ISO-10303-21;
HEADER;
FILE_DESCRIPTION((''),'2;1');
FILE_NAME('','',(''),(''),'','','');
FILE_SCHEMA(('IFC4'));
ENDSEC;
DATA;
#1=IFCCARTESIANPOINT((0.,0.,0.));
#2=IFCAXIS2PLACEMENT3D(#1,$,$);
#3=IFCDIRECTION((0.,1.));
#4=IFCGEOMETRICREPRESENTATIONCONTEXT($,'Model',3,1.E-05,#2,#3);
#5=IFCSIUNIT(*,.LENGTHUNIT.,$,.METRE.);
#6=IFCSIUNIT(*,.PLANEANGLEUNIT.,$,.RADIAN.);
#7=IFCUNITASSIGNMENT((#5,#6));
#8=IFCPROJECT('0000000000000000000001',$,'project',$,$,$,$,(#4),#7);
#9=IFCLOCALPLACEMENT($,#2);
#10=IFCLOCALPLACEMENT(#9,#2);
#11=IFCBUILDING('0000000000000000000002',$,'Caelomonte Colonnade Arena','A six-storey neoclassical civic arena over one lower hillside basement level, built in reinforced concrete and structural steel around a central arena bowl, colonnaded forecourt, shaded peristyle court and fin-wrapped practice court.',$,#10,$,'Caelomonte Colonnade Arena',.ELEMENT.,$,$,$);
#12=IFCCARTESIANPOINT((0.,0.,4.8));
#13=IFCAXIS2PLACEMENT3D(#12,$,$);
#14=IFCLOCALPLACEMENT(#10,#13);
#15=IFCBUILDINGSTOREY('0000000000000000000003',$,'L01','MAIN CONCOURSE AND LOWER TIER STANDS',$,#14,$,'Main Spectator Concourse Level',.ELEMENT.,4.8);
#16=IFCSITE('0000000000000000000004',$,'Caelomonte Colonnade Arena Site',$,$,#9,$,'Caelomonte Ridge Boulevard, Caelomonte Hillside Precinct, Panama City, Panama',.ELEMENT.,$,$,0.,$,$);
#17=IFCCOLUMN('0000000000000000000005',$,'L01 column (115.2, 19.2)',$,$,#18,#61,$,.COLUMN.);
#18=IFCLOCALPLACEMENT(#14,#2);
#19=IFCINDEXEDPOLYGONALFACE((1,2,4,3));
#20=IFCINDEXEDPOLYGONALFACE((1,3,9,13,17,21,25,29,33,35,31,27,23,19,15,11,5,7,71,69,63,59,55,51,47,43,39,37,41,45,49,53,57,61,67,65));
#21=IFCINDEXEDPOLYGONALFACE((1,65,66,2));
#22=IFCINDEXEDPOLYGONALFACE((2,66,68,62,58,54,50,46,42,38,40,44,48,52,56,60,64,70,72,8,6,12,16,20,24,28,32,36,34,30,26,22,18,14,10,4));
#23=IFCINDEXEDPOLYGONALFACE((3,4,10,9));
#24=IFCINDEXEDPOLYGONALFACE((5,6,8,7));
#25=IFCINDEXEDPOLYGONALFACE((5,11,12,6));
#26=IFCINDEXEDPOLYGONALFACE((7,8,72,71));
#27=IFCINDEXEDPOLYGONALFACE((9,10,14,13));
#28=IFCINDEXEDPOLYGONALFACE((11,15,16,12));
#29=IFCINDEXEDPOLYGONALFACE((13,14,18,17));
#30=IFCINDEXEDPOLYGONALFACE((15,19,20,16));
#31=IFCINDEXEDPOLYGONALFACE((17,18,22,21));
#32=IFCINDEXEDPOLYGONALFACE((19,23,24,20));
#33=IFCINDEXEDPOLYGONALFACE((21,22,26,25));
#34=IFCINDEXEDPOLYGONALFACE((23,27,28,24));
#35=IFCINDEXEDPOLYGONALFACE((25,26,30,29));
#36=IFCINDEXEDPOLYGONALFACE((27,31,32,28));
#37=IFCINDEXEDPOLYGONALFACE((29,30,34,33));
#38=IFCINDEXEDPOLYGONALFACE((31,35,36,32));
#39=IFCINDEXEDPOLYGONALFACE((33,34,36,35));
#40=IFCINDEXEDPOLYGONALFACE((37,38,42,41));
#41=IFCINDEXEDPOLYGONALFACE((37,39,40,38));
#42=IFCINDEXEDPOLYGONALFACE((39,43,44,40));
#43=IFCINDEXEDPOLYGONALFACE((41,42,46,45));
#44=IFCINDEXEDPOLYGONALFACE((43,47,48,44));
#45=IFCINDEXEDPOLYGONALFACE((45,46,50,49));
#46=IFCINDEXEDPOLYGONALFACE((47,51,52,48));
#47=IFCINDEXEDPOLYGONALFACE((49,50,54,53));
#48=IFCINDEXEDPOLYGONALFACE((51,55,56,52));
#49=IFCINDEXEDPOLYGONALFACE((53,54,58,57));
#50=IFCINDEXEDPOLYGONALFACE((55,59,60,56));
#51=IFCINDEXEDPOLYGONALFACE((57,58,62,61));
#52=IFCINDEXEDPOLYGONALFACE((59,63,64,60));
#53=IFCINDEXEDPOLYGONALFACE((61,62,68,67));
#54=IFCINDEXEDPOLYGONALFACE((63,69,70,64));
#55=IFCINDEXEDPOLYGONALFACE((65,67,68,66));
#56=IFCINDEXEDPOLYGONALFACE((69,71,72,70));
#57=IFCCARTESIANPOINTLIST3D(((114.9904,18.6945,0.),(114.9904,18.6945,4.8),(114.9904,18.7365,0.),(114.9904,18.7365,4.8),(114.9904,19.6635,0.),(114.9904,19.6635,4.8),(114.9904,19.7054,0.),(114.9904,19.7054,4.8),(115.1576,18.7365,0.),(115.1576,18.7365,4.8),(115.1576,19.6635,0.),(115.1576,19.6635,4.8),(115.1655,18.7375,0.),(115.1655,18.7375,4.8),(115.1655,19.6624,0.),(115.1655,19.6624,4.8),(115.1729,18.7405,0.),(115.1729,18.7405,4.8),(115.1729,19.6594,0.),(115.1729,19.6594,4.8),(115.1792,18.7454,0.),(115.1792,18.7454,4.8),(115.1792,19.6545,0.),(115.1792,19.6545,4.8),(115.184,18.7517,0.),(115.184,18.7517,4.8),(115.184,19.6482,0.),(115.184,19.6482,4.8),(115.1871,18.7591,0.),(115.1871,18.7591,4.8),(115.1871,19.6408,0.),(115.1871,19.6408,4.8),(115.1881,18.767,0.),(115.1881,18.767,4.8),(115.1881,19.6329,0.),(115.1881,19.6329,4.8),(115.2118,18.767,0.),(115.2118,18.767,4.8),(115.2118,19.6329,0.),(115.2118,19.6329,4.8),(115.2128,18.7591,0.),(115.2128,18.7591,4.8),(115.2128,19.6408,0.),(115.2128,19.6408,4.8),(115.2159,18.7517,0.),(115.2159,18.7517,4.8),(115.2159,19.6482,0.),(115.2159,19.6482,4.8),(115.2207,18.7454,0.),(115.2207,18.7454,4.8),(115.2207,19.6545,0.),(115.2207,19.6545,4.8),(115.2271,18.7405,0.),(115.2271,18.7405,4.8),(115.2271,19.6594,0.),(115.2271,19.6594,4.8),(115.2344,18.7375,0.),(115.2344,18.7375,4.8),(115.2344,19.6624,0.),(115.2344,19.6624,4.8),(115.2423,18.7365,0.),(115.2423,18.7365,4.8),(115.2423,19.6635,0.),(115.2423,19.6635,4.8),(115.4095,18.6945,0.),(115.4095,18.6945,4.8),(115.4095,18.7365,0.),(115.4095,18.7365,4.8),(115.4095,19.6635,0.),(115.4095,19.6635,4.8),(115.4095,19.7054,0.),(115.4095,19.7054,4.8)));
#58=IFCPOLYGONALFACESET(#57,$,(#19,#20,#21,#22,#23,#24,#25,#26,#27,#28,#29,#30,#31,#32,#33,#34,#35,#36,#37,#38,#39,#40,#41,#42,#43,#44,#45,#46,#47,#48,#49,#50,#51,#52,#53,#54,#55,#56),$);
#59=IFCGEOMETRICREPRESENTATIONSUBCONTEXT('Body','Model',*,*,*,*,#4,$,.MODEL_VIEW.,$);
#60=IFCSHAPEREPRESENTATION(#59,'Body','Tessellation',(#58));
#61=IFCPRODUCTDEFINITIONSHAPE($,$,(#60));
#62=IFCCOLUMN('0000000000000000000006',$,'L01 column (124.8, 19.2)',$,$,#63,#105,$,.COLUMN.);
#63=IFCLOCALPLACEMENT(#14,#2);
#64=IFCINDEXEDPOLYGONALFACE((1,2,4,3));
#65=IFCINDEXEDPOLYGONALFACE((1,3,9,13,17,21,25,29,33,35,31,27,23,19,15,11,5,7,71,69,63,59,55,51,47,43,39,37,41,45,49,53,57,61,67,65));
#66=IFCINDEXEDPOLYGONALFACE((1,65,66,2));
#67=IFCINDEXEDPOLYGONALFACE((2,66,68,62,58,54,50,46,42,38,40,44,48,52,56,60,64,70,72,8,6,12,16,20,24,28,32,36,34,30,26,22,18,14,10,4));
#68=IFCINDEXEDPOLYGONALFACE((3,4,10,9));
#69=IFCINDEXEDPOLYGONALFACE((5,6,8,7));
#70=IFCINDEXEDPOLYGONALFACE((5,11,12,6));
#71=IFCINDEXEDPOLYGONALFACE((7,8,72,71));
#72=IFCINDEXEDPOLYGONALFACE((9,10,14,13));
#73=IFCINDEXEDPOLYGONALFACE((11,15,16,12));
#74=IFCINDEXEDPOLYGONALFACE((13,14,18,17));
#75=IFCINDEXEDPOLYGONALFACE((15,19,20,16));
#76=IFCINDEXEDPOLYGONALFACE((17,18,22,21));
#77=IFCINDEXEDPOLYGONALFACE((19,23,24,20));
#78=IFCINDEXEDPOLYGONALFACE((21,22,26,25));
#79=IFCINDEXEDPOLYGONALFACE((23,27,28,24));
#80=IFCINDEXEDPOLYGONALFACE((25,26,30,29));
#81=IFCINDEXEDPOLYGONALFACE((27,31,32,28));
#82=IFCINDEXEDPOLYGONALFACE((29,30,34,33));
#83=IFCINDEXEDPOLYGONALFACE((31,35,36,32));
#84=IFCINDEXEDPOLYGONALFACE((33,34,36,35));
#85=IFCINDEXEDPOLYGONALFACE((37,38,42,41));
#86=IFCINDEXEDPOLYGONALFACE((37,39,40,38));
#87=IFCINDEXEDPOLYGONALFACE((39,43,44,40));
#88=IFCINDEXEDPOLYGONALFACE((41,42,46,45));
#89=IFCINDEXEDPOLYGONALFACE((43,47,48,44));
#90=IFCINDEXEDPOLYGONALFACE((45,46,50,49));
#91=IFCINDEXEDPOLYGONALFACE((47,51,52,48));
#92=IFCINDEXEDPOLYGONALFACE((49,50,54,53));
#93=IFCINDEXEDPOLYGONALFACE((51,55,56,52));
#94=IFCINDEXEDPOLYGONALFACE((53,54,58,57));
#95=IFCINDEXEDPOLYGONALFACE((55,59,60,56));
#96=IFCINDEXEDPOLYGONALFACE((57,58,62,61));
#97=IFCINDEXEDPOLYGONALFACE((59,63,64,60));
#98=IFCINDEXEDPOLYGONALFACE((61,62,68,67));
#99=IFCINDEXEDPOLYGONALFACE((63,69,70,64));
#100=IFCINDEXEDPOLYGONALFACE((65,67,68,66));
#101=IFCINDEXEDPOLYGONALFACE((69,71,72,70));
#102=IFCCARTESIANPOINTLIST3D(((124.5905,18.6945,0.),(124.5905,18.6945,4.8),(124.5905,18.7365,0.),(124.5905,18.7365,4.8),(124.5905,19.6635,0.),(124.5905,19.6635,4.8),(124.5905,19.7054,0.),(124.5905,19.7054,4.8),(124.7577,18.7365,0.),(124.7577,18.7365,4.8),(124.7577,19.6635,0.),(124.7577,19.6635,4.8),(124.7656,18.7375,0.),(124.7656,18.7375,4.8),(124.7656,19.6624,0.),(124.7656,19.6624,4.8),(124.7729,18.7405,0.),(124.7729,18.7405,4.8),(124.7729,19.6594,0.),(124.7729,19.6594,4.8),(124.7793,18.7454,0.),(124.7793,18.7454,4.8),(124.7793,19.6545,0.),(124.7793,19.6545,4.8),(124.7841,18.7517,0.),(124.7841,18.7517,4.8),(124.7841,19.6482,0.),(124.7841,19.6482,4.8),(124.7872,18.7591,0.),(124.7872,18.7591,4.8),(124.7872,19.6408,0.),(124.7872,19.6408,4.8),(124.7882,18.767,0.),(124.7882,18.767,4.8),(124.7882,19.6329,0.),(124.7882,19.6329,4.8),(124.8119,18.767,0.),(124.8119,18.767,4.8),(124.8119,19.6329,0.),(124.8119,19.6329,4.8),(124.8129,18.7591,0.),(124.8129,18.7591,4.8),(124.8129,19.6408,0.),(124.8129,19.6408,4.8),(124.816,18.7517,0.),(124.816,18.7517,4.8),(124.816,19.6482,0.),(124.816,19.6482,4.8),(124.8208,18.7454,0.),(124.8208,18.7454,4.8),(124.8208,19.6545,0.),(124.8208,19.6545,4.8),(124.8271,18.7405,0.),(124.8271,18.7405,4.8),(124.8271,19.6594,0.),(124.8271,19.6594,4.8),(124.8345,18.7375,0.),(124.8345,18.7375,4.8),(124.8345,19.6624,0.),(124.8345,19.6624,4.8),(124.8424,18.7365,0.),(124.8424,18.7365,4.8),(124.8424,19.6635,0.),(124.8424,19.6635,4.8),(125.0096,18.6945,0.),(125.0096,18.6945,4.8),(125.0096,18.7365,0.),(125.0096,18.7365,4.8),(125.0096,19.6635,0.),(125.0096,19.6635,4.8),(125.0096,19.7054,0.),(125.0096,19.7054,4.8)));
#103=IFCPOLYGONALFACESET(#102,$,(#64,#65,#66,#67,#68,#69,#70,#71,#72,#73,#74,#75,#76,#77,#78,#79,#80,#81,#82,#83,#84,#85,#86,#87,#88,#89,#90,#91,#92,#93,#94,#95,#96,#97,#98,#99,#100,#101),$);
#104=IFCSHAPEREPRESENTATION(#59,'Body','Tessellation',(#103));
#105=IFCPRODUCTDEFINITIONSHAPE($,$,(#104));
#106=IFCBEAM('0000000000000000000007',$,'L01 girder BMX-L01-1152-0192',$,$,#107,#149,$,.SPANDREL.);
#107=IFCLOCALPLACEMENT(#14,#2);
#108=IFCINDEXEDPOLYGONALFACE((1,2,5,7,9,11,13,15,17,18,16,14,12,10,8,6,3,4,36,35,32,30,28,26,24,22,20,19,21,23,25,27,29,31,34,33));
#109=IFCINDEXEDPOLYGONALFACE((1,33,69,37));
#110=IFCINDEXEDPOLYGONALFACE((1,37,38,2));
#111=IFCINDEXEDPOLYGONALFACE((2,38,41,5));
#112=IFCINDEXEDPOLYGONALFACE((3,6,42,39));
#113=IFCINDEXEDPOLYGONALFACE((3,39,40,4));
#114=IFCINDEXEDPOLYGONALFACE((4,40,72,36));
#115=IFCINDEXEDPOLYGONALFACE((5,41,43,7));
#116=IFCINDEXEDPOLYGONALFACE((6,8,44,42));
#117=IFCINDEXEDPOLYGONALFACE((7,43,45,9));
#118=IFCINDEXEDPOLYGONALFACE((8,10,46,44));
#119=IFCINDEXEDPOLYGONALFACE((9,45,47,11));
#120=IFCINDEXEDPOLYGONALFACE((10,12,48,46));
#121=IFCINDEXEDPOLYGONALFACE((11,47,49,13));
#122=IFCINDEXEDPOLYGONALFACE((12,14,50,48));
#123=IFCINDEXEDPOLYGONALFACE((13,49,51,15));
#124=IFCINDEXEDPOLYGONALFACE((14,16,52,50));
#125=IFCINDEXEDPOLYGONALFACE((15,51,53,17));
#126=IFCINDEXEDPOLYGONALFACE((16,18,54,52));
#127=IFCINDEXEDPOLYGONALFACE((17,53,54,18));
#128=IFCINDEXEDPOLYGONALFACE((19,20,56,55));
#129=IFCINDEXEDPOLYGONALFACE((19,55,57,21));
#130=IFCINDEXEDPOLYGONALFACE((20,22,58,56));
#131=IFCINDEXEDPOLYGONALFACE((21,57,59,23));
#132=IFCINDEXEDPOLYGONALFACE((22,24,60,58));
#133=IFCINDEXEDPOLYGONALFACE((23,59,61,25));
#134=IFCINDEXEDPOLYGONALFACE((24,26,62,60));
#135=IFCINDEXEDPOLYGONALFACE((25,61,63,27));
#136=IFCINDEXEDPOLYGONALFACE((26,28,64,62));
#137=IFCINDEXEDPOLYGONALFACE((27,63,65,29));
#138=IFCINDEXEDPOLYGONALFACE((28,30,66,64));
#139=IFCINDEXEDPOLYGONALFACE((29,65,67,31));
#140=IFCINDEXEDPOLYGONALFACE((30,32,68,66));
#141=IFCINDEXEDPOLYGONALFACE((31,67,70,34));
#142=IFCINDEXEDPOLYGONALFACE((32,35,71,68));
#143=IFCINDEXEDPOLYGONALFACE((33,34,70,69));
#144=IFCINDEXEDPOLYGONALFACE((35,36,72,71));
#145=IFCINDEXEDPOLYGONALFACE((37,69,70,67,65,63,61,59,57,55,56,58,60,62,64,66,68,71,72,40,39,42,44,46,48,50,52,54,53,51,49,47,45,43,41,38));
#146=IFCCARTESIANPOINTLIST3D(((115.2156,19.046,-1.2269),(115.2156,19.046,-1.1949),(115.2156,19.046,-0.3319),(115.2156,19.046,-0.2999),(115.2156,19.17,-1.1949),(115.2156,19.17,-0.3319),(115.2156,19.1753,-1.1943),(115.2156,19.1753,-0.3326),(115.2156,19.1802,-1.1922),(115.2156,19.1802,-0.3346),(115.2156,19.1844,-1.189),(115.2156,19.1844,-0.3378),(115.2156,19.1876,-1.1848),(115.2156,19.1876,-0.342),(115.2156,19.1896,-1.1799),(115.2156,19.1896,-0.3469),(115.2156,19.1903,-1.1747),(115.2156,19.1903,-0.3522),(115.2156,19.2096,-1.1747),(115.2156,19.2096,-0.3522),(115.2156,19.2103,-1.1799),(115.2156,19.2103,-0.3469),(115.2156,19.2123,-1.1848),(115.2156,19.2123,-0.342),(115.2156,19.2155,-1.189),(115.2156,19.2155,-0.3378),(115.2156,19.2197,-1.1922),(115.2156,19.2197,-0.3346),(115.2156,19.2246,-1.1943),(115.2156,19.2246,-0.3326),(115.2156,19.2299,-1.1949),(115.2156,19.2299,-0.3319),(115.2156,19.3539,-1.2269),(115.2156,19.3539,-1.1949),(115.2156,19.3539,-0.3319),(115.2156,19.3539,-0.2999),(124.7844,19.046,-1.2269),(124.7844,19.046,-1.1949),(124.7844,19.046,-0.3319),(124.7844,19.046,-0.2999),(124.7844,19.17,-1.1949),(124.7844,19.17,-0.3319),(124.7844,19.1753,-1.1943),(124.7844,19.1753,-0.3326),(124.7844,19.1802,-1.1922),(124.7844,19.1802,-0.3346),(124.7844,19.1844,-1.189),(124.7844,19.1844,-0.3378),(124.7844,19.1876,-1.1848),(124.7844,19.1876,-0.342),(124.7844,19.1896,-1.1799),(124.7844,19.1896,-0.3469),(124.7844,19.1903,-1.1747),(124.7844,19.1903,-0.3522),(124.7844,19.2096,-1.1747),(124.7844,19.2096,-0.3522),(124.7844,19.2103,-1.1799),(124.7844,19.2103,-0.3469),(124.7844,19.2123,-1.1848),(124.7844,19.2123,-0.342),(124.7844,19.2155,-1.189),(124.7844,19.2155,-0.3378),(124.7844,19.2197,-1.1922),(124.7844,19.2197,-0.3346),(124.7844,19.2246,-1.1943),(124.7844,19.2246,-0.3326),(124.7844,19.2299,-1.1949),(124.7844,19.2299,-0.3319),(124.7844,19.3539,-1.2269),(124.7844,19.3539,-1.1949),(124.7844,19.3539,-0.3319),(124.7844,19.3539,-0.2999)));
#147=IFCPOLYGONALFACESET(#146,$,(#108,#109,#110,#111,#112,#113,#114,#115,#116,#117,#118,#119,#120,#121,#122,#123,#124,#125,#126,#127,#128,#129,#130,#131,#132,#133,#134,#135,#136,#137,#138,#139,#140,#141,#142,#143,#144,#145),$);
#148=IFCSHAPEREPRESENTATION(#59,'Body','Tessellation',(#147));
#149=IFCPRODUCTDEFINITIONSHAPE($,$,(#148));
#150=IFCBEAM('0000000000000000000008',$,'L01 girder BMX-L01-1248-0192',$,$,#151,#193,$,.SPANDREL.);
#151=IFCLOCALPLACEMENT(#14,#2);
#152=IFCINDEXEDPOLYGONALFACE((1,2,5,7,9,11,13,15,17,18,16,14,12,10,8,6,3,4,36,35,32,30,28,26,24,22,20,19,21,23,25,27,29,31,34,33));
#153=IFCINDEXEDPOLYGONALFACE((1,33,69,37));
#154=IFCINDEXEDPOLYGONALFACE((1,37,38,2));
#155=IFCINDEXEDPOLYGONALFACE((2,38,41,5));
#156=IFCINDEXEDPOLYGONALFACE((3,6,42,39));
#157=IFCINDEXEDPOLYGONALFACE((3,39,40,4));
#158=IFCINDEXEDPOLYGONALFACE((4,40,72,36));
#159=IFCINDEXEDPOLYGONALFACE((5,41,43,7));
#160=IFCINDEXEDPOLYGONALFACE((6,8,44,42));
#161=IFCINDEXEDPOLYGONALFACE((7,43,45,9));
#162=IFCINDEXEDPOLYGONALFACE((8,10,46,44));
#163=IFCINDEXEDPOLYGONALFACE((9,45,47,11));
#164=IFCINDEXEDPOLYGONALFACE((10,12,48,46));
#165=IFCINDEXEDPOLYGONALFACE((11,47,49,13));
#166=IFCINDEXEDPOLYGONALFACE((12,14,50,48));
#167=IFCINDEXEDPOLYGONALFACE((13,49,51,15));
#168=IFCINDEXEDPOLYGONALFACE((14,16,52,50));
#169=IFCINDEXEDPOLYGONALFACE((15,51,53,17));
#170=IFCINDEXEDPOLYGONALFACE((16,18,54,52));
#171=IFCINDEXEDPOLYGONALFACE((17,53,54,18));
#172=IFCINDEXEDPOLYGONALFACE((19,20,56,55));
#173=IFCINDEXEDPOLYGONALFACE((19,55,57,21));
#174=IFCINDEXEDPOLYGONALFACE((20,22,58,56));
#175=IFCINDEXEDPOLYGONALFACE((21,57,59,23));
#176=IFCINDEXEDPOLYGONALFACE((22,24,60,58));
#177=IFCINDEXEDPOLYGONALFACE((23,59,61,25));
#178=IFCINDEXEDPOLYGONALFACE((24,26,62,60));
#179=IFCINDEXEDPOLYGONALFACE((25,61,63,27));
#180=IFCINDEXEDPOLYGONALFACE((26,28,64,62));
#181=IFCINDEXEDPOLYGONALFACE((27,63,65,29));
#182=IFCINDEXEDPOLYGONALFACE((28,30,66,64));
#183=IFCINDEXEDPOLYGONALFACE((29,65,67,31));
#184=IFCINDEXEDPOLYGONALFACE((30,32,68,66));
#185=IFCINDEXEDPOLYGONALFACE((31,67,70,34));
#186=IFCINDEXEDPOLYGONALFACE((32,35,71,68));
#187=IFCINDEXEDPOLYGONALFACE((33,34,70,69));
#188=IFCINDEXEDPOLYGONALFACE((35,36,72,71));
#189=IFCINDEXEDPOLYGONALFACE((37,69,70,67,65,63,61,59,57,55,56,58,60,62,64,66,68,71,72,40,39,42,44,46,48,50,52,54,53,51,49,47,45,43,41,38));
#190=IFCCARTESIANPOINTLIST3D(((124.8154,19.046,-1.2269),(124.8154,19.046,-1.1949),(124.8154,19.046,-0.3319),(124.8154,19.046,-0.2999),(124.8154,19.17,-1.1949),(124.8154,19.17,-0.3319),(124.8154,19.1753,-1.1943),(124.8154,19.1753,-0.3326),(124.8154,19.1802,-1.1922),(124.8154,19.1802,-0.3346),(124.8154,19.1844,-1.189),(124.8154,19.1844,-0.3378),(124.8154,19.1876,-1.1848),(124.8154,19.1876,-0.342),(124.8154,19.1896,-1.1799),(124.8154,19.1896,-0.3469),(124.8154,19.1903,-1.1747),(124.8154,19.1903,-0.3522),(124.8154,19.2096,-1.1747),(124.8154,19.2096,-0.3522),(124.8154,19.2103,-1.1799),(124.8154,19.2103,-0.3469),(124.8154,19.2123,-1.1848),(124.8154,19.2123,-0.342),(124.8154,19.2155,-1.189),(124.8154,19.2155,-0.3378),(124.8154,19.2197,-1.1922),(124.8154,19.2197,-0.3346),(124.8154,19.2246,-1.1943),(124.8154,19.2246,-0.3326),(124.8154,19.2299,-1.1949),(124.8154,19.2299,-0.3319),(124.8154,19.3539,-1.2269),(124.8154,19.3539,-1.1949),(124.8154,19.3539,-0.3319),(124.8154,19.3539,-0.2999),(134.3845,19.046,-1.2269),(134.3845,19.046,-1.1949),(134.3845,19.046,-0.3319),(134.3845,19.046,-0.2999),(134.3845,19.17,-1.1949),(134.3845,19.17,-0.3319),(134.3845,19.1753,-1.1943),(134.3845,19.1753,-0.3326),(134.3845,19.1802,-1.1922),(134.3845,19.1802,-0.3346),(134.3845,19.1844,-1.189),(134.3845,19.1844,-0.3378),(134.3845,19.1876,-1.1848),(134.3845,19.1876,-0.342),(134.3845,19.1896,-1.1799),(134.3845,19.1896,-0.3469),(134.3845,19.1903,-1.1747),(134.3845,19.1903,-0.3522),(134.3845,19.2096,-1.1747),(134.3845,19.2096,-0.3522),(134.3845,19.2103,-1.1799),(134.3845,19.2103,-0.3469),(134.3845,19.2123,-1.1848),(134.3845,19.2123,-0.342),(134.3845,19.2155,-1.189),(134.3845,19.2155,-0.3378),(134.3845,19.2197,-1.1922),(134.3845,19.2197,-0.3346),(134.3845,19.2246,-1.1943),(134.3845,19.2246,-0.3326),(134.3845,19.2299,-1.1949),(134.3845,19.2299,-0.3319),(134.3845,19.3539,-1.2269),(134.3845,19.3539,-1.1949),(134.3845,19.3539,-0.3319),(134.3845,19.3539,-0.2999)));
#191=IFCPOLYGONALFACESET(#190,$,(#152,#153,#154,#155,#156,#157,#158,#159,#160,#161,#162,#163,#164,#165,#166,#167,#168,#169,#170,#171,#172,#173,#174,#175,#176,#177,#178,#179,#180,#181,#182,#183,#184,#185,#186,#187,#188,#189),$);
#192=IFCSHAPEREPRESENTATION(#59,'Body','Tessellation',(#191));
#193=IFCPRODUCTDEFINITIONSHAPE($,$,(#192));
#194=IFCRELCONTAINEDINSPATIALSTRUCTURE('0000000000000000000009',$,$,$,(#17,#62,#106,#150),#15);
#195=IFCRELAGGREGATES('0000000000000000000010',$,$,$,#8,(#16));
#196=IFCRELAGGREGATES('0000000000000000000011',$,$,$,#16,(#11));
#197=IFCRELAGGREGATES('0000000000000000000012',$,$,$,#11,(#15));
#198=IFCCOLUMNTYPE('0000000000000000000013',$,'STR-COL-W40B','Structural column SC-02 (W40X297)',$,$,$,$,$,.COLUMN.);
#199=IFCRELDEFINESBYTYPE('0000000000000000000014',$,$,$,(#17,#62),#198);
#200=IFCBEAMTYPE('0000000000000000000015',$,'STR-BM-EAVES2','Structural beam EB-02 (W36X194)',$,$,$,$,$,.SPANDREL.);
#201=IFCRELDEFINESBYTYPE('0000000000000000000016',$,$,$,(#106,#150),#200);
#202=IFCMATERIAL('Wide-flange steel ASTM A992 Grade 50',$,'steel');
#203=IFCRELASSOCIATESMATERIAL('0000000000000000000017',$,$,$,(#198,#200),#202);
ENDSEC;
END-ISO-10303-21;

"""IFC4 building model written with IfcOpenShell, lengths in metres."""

from ifc_helpers import new_model, si_unit, direction, frame, origin, origin_2d, place, context, subcontext, project, spatial, i_section, extrude, material, material_profile, profile_set, type_object, element, save


model = new_model("IFC4")

# Units and contexts
model_context = context("Model", 3, precision=1e-05, world=origin(), true_north=direction((0.0, 1.0)))
body_context = subcontext(model_context, "Body", "Model", "MODEL_VIEW")
ifc_project = project(units=[si_unit("LENGTHUNIT", "METRE"), si_unit("PLANEANGLEUNIT", "RADIAN")], contexts=[model_context])

# Site, building, storey
site_placement = place(None, origin())
site = spatial("IfcSite", under=ifc_project, at=site_placement, Name="Caelomonte Colonnade Arena Site", LongName="Caelomonte Ridge Boulevard, Caelomonte Hillside Precinct, Panama City, Panama", CompositionType="ELEMENT", RefElevation=0.0)
building_placement = place(site_placement, origin())
building = spatial("IfcBuilding", under=site, at=building_placement, Name="Caelomonte Colonnade Arena", Description="A six-storey neoclassical civic arena over one lower hillside basement level, built in reinforced concrete and structural steel around a central arena bowl, colonnaded forecourt, shaded peristyle court and fin-wrapped practice court.", LongName="Caelomonte Colonnade Arena", CompositionType="ELEMENT")
storey_placement = place(building_placement, frame((0.0, 0.0, 4.8)))
storey = spatial("IfcBuildingStorey", under=building, at=storey_placement, Name="L01", Description="MAIN CONCOURSE AND LOWER TIER STANDS", LongName="Main Spectator Concourse Level", CompositionType="ELEMENT", Elevation=4.8)

# Columns
ifc_material_1 = material(Name="Wide-flange steel ASTM A992 Grade 50", Category="steel")
ifc_material_profile_1 = material_profile(ifc_material_1, i_section(OverallWidth=0.4192, OverallDepth=1.011, WebThickness=0.0237, FlangeThickness=0.042, FilletRadius=0.0305, at=origin_2d()), Name="W40X297")
ifc_profile_set_1 = profile_set([ifc_material_profile_1], Name="Wide-flange steel ASTM A992 Grade 50")
column_type = type_object("IfcColumnType", Name="STR-COL-W40B", Description="Structural column SC-02 (W40X297)", PredefinedType="COLUMN", material=ifc_profile_set_1)
for number, where, z_axis, x_axis, name in (
    (1, (115.2, 19.2, 0.0), (0.0, 0.0, 1.0), (1.0, 0.0, 0.0), "L01 column (115.2, 19.2)"),
    (2, (124.8, 19.2, 0.0), (0.0, 0.0, 1.0), (1.0, 0.0, 0.0), "L01 column (124.8, 19.2)"),
):
    element("IfcColumn", number, at=place(storey_placement, frame(where, z_axis=z_axis, x_axis=x_axis)), inside=storey, type_object=column_type, Name=name, PredefinedType="COLUMN", context=body_context, shape_type="SweptSolid", body=[
        extrude(i_section(OverallWidth=0.4192, OverallDepth=1.011, WebThickness=0.0237, FlangeThickness=0.042, FilletRadius=0.0305, at=origin_2d()), origin(), (0.0, 0.0, 1.0), 4.8),
    ])

# Beams
ifc_material_profile_2 = material_profile(ifc_material_1, i_section(OverallWidth=0.3079, OverallDepth=0.927, WebThickness=0.0193, FlangeThickness=0.032, FilletRadius=0.0203, at=origin_2d()), Name="W36X194")
ifc_profile_set_2 = profile_set([ifc_material_profile_2], Name="Wide-flange steel ASTM A992 Grade 50")
beam_type = type_object("IfcBeamType", Name="STR-BM-EAVES2", Description="Structural beam EB-02 (W36X194)", PredefinedType="SPANDREL", material=ifc_profile_set_2)
beam_1_placement = place(storey_placement, frame((115.2156, 19.2, -0.7634), z_axis=(1.0, 0.0, 0.0), x_axis=(0.0, 1.0, 0.0)))
element("IfcBeam", 3, at=beam_1_placement, inside=storey, type_object=beam_type, Name="L01 girder BMX-L01-1152-0192", PredefinedType="SPANDREL", context=body_context, shape_type="SweptSolid", body=[
    extrude(i_section(OverallWidth=0.3079, OverallDepth=0.927, WebThickness=0.0193, FlangeThickness=0.032, FilletRadius=0.0203, at=origin_2d()), origin(), (0.0, 0.0, 1.0), 9.5688),
])
beam_2_placement = place(storey_placement, frame((124.8154, 19.2, -0.7634), z_axis=(1.0, 0.0, 0.0), x_axis=(0.0, 1.0, 0.0)))
element("IfcBeam", 4, at=beam_2_placement, inside=storey, type_object=beam_type, Name="L01 girder BMX-L01-1248-0192", PredefinedType="SPANDREL", context=body_context, shape_type="SweptSolid", body=[
    extrude(i_section(OverallWidth=0.3079, OverallDepth=0.927, WebThickness=0.0193, FlangeThickness=0.032, FilletRadius=0.0203, at=origin_2d()), origin(), (0.0, 0.0, 1.0), 9.5691),
])

save(model, "model.ifc")
